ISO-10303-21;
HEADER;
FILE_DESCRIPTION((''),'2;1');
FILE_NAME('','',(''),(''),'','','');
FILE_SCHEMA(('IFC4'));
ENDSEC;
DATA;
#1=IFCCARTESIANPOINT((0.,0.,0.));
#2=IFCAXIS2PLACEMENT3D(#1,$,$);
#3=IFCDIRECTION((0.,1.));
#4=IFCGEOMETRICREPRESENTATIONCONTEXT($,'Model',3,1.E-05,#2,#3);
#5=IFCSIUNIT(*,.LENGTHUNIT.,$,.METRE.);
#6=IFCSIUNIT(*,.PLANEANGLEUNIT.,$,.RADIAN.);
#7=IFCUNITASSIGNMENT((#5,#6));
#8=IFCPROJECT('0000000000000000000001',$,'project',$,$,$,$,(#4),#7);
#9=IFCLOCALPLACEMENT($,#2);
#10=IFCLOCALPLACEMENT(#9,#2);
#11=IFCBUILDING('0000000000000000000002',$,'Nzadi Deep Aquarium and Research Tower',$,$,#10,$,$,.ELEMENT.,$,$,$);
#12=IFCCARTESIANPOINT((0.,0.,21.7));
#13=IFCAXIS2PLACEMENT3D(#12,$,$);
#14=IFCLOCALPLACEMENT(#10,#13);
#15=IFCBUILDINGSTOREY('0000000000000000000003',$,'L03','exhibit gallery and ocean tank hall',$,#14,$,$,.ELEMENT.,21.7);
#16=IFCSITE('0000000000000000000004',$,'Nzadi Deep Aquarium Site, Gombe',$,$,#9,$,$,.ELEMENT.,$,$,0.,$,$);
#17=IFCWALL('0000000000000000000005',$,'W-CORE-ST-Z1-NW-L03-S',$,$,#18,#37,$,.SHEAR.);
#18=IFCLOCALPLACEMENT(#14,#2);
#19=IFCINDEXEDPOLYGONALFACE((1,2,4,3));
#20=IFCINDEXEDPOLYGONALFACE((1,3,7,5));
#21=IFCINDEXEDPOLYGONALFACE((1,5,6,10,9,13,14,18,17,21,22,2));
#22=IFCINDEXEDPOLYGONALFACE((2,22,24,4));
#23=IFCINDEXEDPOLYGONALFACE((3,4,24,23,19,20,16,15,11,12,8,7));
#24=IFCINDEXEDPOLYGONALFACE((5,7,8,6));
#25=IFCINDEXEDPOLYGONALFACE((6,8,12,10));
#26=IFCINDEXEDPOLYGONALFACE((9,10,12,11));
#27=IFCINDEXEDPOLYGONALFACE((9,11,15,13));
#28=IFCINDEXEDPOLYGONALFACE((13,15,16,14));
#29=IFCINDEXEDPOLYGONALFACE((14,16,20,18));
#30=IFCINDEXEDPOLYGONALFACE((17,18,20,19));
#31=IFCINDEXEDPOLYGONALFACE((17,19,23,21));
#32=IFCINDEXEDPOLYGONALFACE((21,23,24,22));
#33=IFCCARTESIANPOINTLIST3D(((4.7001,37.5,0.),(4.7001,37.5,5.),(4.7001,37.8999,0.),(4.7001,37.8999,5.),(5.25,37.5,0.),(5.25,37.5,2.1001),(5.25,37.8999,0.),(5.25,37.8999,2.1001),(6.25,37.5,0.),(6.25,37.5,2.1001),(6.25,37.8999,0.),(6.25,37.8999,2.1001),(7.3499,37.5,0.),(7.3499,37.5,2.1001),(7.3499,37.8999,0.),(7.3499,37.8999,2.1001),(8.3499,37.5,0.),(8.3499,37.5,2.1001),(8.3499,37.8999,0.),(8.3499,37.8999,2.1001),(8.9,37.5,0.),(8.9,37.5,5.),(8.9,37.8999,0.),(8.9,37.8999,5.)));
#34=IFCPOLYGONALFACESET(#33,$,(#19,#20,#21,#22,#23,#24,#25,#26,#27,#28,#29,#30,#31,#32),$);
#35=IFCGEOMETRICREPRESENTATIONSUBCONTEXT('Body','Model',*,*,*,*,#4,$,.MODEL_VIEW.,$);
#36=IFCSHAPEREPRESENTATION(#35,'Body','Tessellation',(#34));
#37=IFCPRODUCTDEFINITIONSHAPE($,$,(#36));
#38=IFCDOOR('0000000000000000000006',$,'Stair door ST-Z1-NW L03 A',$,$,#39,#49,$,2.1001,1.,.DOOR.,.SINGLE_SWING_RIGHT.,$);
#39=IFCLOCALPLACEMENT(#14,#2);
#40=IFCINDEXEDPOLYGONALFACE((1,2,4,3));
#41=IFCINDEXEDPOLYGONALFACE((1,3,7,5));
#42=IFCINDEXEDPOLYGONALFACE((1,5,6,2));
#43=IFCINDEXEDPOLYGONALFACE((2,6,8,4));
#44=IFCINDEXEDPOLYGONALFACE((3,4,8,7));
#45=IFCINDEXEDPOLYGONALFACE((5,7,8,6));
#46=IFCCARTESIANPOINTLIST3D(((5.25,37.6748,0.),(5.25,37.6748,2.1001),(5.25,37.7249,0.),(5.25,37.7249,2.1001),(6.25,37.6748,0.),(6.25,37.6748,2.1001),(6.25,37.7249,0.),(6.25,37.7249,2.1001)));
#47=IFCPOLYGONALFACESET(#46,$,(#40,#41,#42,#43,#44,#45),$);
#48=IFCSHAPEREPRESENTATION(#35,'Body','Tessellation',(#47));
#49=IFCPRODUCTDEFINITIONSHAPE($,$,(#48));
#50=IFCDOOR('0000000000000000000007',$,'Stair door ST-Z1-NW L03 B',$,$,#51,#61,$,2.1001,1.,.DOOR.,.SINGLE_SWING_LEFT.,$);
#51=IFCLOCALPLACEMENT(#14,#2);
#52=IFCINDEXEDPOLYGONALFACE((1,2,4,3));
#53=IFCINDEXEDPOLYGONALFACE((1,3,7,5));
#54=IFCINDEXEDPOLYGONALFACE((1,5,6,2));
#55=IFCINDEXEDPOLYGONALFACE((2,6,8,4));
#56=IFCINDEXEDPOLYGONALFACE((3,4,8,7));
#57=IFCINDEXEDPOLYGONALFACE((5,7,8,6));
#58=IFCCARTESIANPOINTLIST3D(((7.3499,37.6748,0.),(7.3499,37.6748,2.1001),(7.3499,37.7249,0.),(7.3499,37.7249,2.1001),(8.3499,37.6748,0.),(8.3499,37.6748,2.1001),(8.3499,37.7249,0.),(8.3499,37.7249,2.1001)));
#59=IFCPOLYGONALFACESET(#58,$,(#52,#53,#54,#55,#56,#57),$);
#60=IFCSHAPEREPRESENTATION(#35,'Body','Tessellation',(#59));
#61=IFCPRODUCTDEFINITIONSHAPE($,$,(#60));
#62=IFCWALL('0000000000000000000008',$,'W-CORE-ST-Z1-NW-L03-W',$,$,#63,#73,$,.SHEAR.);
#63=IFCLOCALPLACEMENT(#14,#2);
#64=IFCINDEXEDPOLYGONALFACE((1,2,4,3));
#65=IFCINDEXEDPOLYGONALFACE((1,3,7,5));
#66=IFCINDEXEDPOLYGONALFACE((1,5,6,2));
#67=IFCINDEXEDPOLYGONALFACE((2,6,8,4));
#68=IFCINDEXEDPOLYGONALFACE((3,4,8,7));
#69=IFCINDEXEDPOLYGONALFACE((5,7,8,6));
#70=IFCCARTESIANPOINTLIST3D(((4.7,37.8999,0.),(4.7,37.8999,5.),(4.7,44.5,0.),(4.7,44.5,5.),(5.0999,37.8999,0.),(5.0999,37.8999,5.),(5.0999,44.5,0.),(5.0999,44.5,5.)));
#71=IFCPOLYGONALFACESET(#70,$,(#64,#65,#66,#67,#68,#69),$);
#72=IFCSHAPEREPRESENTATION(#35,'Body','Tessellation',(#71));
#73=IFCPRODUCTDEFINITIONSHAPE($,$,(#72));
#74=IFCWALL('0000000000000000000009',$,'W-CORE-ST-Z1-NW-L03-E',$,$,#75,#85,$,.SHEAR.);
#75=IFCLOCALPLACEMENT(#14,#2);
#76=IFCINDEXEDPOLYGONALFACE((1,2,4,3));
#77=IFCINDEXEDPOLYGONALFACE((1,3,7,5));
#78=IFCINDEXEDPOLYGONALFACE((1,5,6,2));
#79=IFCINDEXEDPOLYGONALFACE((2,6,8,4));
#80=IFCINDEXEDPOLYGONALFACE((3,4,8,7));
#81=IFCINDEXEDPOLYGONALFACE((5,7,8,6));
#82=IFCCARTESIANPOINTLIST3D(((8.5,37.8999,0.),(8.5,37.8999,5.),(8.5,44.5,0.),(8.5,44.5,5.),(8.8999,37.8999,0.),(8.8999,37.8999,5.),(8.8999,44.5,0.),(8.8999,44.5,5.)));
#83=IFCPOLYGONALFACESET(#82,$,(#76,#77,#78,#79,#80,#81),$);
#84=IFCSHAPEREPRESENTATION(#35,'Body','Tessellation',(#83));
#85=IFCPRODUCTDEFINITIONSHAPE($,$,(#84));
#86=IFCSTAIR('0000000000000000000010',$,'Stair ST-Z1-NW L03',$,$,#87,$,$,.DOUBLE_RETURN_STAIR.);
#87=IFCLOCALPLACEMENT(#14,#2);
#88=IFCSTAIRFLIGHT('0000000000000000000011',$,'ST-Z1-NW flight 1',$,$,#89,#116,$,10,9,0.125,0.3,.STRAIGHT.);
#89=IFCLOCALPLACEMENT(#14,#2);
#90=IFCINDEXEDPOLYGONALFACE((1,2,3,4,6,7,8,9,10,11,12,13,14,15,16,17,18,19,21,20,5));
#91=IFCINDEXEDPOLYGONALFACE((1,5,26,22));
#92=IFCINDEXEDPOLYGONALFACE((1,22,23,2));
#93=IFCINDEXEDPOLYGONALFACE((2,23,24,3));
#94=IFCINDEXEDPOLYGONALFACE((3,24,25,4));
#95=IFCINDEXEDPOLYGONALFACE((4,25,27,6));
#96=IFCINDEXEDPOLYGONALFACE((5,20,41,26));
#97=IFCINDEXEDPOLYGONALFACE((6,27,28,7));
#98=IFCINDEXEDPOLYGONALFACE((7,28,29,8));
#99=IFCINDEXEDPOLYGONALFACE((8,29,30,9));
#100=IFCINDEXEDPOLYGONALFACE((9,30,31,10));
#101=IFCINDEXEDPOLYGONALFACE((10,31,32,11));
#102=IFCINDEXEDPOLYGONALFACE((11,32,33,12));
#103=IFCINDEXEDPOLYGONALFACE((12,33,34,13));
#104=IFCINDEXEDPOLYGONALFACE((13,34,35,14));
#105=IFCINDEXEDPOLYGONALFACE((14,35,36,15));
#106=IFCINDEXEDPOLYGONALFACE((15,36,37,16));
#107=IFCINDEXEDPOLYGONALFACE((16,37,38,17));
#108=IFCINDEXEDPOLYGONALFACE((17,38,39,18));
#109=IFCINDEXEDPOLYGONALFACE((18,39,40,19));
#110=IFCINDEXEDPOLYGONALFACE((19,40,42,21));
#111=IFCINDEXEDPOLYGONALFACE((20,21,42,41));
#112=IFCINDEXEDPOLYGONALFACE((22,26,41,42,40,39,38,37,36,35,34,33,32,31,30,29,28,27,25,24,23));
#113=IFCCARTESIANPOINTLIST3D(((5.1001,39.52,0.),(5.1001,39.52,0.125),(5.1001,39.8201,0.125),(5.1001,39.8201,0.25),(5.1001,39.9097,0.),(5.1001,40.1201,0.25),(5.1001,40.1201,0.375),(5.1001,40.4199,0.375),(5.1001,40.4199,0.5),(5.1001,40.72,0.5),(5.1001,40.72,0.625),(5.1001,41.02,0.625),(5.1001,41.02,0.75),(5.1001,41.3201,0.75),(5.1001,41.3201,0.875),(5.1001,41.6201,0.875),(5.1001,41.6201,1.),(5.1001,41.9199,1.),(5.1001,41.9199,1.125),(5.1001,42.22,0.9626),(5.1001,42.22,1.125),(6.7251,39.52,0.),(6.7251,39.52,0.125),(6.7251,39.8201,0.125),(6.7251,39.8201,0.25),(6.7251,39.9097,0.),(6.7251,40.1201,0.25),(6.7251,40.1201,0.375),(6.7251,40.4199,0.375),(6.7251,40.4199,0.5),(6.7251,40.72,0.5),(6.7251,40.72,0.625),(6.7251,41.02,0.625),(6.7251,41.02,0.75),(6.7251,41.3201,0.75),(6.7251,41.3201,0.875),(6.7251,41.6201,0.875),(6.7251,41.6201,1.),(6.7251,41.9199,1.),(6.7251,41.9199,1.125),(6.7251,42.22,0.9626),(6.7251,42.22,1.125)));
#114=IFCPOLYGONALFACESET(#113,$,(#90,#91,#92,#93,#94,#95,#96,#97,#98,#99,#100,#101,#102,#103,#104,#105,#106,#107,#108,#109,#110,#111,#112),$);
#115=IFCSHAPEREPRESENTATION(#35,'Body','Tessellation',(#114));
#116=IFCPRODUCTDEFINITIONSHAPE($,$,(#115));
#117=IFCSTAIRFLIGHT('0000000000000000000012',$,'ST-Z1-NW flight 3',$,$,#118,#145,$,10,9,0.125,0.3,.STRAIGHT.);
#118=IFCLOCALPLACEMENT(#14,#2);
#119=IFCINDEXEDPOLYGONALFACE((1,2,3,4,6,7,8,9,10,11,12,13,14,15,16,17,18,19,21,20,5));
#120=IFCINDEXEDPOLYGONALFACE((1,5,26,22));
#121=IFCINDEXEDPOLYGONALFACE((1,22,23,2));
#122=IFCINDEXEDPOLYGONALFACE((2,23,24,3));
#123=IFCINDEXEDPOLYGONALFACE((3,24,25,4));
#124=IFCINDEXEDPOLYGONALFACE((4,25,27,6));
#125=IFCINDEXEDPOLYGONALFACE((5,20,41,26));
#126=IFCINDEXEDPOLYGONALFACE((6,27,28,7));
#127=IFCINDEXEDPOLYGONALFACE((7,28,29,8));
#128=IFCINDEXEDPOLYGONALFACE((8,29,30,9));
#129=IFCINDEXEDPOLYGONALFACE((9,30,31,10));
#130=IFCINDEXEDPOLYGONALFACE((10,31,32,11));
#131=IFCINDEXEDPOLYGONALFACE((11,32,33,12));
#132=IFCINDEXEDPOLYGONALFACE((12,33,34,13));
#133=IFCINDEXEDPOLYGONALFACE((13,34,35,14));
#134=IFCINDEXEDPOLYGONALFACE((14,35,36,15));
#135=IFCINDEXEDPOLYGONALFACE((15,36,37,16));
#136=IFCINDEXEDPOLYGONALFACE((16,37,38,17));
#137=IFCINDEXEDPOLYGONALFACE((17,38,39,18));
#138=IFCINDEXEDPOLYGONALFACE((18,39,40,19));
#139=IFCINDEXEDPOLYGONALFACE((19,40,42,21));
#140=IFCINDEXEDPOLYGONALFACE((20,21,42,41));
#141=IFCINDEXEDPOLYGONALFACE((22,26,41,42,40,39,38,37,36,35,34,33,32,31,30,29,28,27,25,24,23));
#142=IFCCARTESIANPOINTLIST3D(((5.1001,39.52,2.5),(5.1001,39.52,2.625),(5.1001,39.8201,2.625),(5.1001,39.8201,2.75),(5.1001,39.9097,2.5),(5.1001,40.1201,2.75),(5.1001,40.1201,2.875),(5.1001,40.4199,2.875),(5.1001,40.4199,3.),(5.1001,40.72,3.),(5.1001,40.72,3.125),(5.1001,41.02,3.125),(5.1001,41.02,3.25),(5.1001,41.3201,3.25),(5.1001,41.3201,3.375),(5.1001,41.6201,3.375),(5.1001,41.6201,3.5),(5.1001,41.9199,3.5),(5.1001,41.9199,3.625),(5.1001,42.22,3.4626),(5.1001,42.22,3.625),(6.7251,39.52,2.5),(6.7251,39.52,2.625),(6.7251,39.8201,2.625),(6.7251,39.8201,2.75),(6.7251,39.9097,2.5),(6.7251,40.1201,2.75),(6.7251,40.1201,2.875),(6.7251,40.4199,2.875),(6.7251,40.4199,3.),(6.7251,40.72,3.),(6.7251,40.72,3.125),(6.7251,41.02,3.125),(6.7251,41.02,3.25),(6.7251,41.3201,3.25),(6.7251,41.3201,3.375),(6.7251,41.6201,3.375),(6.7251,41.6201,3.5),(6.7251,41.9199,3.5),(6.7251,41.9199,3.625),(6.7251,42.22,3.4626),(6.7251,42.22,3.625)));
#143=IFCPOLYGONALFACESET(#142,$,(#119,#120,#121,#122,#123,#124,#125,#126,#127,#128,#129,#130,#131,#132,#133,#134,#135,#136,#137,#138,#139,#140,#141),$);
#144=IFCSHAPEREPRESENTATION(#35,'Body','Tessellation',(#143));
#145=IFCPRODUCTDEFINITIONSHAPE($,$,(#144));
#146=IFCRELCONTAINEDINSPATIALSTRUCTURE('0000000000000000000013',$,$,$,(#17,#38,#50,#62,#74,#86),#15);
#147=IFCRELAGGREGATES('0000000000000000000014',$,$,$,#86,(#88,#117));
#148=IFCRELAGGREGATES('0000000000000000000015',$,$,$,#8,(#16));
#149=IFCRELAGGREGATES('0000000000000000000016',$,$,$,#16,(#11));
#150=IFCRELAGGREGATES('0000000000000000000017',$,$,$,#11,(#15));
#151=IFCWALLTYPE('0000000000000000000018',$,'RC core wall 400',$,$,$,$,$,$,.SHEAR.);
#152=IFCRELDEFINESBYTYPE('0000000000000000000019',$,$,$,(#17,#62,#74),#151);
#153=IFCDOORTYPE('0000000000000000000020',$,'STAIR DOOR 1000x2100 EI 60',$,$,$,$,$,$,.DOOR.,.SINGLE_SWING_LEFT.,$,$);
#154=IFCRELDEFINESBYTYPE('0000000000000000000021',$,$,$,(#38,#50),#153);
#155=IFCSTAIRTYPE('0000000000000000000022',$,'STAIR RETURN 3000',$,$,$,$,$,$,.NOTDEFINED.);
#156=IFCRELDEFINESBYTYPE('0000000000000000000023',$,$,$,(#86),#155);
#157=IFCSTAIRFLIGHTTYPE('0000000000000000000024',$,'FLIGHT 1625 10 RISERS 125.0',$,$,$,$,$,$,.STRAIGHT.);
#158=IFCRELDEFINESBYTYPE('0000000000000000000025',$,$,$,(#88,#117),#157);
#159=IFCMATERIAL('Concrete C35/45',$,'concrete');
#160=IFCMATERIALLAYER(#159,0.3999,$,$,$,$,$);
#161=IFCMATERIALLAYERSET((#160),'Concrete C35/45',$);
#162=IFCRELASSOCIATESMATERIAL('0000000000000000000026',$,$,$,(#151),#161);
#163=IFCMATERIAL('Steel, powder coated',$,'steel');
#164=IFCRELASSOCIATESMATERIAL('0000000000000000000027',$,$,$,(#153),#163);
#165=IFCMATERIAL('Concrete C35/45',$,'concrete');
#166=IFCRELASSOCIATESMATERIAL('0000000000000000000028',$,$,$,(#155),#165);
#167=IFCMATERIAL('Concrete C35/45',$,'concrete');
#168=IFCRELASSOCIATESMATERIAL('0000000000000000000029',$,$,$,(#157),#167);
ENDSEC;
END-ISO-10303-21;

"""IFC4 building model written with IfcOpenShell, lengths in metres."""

from ifc_helpers import new_model, si_unit, direction, frame, frame_2d, origin, place, context, subcontext, project, spatial, polyline, rectangle, outline, extrude, material, layer, layer_set, type_object, element, fill, aggregate, save


model = new_model("IFC4")

# Units and contexts
model_context = context("Model", 3, precision=1e-05, world=origin(), true_north=direction((0.0, 1.0)))
body_context = subcontext(model_context, "Body", "Model", "MODEL_VIEW")
ifc_project = project(units=[si_unit("LENGTHUNIT", "METRE"), si_unit("PLANEANGLEUNIT", "RADIAN")], contexts=[model_context])

# Site, building, storey
site_placement = place(None, origin())
site = spatial("IfcSite", under=ifc_project, at=site_placement, Name="Nzadi Deep Aquarium Site, Gombe", CompositionType="ELEMENT", RefElevation=0.0)
building_placement = place(site_placement, origin())
building = spatial("IfcBuilding", under=site, at=building_placement, Name="Nzadi Deep Aquarium and Research Tower", CompositionType="ELEMENT")
storey_placement = place(building_placement, frame((0.0, 0.0, 21.7)))
storey = spatial("IfcBuildingStorey", under=building, at=storey_placement, Name="L03", Description="exhibit gallery and ocean tank hall", CompositionType="ELEMENT", Elevation=21.7)

# Wall, openings, doors
ifc_material_1 = material(Name="Concrete C35/45", Category="concrete")
ifc_layer_1 = layer(ifc_material_1, 0.3999)
ifc_layer_set_1 = layer_set([ifc_layer_1], Name="Concrete C35/45")
wall_type_1 = type_object("IfcWallType", Name="RC core wall 400", PredefinedType="SHEAR", material=ifc_layer_set_1)
wall_1_placement = place(storey_placement, frame((4.7, 37.7, 0.0), z_axis=(0.0, 0.0, 1.0), x_axis=(1.0, 0.0, 0.0)))
wall_1 = element("IfcWall", 1, at=wall_1_placement, inside=storey, type_object=wall_type_1, Name="W-CORE-ST-Z1-NW-L03-S", PredefinedType="SHEAR", context=body_context, shape_type="SweptSolid", body=[
    extrude(rectangle(XDim=4.2, YDim=0.3999, at=frame_2d((2.1001, 0.0))), origin(), (0.0, 0.0, 1.0), 5.0),
])
opening_1_placement = place(wall_1_placement, frame((0.55, 0.0, 0.0)))
opening_1 = element("IfcOpeningElement", 2, at=opening_1_placement, cuts=wall_1, PredefinedType="OPENING", context=body_context, shape_type="SweptSolid", body=[
    extrude(rectangle(XDim=1.0, YDim=2.1001, at=frame_2d((0.5, 1.05))), frame((0.0, 0.21, 0.0), z_axis=(0.0, -1.0, 0.0), x_axis=(1.0, 0.0, 0.0)), (0.0, 0.0, 1.0), 0.4199),
])
opening_2_placement = place(wall_1_placement, frame((2.6499, 0.0, 0.0)))
opening_2 = element("IfcOpeningElement", 3, at=opening_2_placement, cuts=wall_1, PredefinedType="OPENING", context=body_context, shape_type="SweptSolid", body=[
    extrude(rectangle(XDim=1.0, YDim=2.1001, at=frame_2d((0.5, 1.05))), frame((0.0, 0.21, 0.0), z_axis=(0.0, -1.0, 0.0), x_axis=(1.0, 0.0, 0.0)), (0.0, 0.0, 1.0), 0.4199),
])
ifc_material_2 = material(Name="Steel, powder coated", Category="steel")
door_type_1 = type_object("IfcDoorType", Name="STAIR DOOR 1000x2100 EI 60", OperationType="SINGLE_SWING_LEFT", PredefinedType="DOOR", material=ifc_material_2)
door_1_placement = place(opening_1_placement, origin())
door_1 = element("IfcDoor", 4, at=door_1_placement, inside=storey, type_object=door_type_1, Name="Stair door ST-Z1-NW L03 A", OperationType="SINGLE_SWING_RIGHT", OverallHeight=2.1001, OverallWidth=1.0, PredefinedType="DOOR", context=body_context, shape_type="SweptSolid", body=[
    extrude(rectangle(XDim=1.0, YDim=2.1001, at=frame_2d((0.5, 1.05))), frame((0.0, 0.0249, 0.0), z_axis=(0.0, -1.0, 0.0), x_axis=(1.0, 0.0, 0.0)), (0.0, 0.0, 1.0), 0.05),
])
fill(opening_1, door_1)
door_2_placement = place(opening_2_placement, origin())
door_2 = element("IfcDoor", 5, at=door_2_placement, inside=storey, type_object=door_type_1, Name="Stair door ST-Z1-NW L03 B", OperationType="SINGLE_SWING_LEFT", OverallHeight=2.1001, OverallWidth=1.0, PredefinedType="DOOR", context=body_context, shape_type="SweptSolid", body=[
    extrude(rectangle(XDim=1.0, YDim=2.1001, at=frame_2d((0.5, 1.05))), frame((0.0, 0.0249, 0.0), z_axis=(0.0, -1.0, 0.0), x_axis=(1.0, 0.0, 0.0)), (0.0, 0.0, 1.0), 0.05),
])
fill(opening_2, door_2)

# Walls
for number, where, z_axis, x_axis, name in (
    (6, (4.8999, 37.8999, 0.0), (0.0, 0.0, 1.0), (0.0, 1.0, 0.0), "W-CORE-ST-Z1-NW-L03-W"),
    (7, (8.7, 37.8999, 0.0), (0.0, 0.0, 1.0), (0.0, 1.0, 0.0), "W-CORE-ST-Z1-NW-L03-E"),
):
    element("IfcWall", number, at=place(storey_placement, frame(where, z_axis=z_axis, x_axis=x_axis)), inside=storey, type_object=wall_type_1, Name=name, PredefinedType="SHEAR", context=body_context, shape_type="SweptSolid", body=[
        extrude(rectangle(XDim=6.6001, YDim=0.3999, at=frame_2d((3.3, 0.0))), origin(), (0.0, 0.0, 1.0), 5.0),
    ])

# Stair, stair flights
ifc_material_3 = material(Name="Concrete C35/45", Category="concrete")
stair_type = type_object("IfcStairType", Name="STAIR RETURN 3000", PredefinedType="NOTDEFINED", material=ifc_material_3)
stair_placement = place(storey_placement, origin())
stair = element("IfcStair", 8, at=stair_placement, inside=storey, type_object=stair_type, Name="Stair ST-Z1-NW L03", PredefinedType="DOUBLE_RETURN_STAIR")
ifc_material_4 = material(Name="Concrete C35/45", Category="concrete")
stair_flight_type = type_object("IfcStairFlightType", Name="FLIGHT 1625 10 RISERS 125.0", PredefinedType="STRAIGHT", material=ifc_material_4)
stair_flight_1_placement = place(storey_placement, frame((5.9126, 39.52, 0.0), z_axis=(0.0, 0.0, 1.0), x_axis=(0.0, 1.0, 0.0)))
stair_flight_1 = element("IfcStairFlight", 9, at=stair_flight_1_placement, type_object=stair_flight_type, Name="ST-Z1-NW flight 1", NumberOfRisers=10, NumberOfTreads=9, PredefinedType="STRAIGHT", RiserHeight=0.125, TreadLength=0.3, context=body_context, shape_type="SweptSolid", body=[
    extrude(outline(polyline([(0.0, 0.0), (0.0, 0.125), (0.3, 0.125), (0.3, 0.25), (0.6001, 0.25), (0.6001, 0.375), (0.8999, 0.375), (0.8999, 0.5), (1.2, 0.5), (1.2, 0.625), (1.5, 0.625), (1.5, 0.75), (1.8, 0.75), (1.8, 0.875), (2.1001, 0.875), (2.1001, 1.0), (2.3999, 1.0), (2.3999, 1.125), (2.7, 1.125), (2.7, 1.25), (2.7, 0.9626), (0.3896, 0.0), (0.0, 0.0)])), frame((0.0, 0.8125, 0.0), z_axis=(0.0, -1.0, 0.0), x_axis=(1.0, 0.0, 0.0)), (0.0, 0.0, 1.0), 1.625),
])
stair_flight_2_placement = place(storey_placement, frame((5.9126, 39.52, 2.5), z_axis=(0.0, 0.0, 1.0), x_axis=(0.0, 1.0, 0.0)))
stair_flight_2 = element("IfcStairFlight", 10, at=stair_flight_2_placement, type_object=stair_flight_type, Name="ST-Z1-NW flight 3", NumberOfRisers=10, NumberOfTreads=9, PredefinedType="STRAIGHT", RiserHeight=0.125, TreadLength=0.3, context=body_context, shape_type="SweptSolid", body=[
    extrude(outline(polyline([(0.0, 0.0), (0.0, 0.125), (0.3, 0.125), (0.3, 0.25), (0.6001, 0.25), (0.6001, 0.375), (0.8999, 0.375), (0.8999, 0.5), (1.2, 0.5), (1.2, 0.625), (1.5, 0.625), (1.5, 0.75), (1.8, 0.75), (1.8, 0.875), (2.1001, 0.875), (2.1001, 1.0), (2.3999, 1.0), (2.3999, 1.125), (2.7, 1.125), (2.7, 1.25), (2.7, 0.9626), (0.3896, 0.0), (0.0, 0.0)])), frame((0.0, 0.8125, 0.0), z_axis=(0.0, -1.0, 0.0), x_axis=(1.0, 0.0, 0.0)), (0.0, 0.0, 1.0), 1.625),
])
aggregate(stair, [stair_flight_1, stair_flight_2])

save(model, "model.ifc")
